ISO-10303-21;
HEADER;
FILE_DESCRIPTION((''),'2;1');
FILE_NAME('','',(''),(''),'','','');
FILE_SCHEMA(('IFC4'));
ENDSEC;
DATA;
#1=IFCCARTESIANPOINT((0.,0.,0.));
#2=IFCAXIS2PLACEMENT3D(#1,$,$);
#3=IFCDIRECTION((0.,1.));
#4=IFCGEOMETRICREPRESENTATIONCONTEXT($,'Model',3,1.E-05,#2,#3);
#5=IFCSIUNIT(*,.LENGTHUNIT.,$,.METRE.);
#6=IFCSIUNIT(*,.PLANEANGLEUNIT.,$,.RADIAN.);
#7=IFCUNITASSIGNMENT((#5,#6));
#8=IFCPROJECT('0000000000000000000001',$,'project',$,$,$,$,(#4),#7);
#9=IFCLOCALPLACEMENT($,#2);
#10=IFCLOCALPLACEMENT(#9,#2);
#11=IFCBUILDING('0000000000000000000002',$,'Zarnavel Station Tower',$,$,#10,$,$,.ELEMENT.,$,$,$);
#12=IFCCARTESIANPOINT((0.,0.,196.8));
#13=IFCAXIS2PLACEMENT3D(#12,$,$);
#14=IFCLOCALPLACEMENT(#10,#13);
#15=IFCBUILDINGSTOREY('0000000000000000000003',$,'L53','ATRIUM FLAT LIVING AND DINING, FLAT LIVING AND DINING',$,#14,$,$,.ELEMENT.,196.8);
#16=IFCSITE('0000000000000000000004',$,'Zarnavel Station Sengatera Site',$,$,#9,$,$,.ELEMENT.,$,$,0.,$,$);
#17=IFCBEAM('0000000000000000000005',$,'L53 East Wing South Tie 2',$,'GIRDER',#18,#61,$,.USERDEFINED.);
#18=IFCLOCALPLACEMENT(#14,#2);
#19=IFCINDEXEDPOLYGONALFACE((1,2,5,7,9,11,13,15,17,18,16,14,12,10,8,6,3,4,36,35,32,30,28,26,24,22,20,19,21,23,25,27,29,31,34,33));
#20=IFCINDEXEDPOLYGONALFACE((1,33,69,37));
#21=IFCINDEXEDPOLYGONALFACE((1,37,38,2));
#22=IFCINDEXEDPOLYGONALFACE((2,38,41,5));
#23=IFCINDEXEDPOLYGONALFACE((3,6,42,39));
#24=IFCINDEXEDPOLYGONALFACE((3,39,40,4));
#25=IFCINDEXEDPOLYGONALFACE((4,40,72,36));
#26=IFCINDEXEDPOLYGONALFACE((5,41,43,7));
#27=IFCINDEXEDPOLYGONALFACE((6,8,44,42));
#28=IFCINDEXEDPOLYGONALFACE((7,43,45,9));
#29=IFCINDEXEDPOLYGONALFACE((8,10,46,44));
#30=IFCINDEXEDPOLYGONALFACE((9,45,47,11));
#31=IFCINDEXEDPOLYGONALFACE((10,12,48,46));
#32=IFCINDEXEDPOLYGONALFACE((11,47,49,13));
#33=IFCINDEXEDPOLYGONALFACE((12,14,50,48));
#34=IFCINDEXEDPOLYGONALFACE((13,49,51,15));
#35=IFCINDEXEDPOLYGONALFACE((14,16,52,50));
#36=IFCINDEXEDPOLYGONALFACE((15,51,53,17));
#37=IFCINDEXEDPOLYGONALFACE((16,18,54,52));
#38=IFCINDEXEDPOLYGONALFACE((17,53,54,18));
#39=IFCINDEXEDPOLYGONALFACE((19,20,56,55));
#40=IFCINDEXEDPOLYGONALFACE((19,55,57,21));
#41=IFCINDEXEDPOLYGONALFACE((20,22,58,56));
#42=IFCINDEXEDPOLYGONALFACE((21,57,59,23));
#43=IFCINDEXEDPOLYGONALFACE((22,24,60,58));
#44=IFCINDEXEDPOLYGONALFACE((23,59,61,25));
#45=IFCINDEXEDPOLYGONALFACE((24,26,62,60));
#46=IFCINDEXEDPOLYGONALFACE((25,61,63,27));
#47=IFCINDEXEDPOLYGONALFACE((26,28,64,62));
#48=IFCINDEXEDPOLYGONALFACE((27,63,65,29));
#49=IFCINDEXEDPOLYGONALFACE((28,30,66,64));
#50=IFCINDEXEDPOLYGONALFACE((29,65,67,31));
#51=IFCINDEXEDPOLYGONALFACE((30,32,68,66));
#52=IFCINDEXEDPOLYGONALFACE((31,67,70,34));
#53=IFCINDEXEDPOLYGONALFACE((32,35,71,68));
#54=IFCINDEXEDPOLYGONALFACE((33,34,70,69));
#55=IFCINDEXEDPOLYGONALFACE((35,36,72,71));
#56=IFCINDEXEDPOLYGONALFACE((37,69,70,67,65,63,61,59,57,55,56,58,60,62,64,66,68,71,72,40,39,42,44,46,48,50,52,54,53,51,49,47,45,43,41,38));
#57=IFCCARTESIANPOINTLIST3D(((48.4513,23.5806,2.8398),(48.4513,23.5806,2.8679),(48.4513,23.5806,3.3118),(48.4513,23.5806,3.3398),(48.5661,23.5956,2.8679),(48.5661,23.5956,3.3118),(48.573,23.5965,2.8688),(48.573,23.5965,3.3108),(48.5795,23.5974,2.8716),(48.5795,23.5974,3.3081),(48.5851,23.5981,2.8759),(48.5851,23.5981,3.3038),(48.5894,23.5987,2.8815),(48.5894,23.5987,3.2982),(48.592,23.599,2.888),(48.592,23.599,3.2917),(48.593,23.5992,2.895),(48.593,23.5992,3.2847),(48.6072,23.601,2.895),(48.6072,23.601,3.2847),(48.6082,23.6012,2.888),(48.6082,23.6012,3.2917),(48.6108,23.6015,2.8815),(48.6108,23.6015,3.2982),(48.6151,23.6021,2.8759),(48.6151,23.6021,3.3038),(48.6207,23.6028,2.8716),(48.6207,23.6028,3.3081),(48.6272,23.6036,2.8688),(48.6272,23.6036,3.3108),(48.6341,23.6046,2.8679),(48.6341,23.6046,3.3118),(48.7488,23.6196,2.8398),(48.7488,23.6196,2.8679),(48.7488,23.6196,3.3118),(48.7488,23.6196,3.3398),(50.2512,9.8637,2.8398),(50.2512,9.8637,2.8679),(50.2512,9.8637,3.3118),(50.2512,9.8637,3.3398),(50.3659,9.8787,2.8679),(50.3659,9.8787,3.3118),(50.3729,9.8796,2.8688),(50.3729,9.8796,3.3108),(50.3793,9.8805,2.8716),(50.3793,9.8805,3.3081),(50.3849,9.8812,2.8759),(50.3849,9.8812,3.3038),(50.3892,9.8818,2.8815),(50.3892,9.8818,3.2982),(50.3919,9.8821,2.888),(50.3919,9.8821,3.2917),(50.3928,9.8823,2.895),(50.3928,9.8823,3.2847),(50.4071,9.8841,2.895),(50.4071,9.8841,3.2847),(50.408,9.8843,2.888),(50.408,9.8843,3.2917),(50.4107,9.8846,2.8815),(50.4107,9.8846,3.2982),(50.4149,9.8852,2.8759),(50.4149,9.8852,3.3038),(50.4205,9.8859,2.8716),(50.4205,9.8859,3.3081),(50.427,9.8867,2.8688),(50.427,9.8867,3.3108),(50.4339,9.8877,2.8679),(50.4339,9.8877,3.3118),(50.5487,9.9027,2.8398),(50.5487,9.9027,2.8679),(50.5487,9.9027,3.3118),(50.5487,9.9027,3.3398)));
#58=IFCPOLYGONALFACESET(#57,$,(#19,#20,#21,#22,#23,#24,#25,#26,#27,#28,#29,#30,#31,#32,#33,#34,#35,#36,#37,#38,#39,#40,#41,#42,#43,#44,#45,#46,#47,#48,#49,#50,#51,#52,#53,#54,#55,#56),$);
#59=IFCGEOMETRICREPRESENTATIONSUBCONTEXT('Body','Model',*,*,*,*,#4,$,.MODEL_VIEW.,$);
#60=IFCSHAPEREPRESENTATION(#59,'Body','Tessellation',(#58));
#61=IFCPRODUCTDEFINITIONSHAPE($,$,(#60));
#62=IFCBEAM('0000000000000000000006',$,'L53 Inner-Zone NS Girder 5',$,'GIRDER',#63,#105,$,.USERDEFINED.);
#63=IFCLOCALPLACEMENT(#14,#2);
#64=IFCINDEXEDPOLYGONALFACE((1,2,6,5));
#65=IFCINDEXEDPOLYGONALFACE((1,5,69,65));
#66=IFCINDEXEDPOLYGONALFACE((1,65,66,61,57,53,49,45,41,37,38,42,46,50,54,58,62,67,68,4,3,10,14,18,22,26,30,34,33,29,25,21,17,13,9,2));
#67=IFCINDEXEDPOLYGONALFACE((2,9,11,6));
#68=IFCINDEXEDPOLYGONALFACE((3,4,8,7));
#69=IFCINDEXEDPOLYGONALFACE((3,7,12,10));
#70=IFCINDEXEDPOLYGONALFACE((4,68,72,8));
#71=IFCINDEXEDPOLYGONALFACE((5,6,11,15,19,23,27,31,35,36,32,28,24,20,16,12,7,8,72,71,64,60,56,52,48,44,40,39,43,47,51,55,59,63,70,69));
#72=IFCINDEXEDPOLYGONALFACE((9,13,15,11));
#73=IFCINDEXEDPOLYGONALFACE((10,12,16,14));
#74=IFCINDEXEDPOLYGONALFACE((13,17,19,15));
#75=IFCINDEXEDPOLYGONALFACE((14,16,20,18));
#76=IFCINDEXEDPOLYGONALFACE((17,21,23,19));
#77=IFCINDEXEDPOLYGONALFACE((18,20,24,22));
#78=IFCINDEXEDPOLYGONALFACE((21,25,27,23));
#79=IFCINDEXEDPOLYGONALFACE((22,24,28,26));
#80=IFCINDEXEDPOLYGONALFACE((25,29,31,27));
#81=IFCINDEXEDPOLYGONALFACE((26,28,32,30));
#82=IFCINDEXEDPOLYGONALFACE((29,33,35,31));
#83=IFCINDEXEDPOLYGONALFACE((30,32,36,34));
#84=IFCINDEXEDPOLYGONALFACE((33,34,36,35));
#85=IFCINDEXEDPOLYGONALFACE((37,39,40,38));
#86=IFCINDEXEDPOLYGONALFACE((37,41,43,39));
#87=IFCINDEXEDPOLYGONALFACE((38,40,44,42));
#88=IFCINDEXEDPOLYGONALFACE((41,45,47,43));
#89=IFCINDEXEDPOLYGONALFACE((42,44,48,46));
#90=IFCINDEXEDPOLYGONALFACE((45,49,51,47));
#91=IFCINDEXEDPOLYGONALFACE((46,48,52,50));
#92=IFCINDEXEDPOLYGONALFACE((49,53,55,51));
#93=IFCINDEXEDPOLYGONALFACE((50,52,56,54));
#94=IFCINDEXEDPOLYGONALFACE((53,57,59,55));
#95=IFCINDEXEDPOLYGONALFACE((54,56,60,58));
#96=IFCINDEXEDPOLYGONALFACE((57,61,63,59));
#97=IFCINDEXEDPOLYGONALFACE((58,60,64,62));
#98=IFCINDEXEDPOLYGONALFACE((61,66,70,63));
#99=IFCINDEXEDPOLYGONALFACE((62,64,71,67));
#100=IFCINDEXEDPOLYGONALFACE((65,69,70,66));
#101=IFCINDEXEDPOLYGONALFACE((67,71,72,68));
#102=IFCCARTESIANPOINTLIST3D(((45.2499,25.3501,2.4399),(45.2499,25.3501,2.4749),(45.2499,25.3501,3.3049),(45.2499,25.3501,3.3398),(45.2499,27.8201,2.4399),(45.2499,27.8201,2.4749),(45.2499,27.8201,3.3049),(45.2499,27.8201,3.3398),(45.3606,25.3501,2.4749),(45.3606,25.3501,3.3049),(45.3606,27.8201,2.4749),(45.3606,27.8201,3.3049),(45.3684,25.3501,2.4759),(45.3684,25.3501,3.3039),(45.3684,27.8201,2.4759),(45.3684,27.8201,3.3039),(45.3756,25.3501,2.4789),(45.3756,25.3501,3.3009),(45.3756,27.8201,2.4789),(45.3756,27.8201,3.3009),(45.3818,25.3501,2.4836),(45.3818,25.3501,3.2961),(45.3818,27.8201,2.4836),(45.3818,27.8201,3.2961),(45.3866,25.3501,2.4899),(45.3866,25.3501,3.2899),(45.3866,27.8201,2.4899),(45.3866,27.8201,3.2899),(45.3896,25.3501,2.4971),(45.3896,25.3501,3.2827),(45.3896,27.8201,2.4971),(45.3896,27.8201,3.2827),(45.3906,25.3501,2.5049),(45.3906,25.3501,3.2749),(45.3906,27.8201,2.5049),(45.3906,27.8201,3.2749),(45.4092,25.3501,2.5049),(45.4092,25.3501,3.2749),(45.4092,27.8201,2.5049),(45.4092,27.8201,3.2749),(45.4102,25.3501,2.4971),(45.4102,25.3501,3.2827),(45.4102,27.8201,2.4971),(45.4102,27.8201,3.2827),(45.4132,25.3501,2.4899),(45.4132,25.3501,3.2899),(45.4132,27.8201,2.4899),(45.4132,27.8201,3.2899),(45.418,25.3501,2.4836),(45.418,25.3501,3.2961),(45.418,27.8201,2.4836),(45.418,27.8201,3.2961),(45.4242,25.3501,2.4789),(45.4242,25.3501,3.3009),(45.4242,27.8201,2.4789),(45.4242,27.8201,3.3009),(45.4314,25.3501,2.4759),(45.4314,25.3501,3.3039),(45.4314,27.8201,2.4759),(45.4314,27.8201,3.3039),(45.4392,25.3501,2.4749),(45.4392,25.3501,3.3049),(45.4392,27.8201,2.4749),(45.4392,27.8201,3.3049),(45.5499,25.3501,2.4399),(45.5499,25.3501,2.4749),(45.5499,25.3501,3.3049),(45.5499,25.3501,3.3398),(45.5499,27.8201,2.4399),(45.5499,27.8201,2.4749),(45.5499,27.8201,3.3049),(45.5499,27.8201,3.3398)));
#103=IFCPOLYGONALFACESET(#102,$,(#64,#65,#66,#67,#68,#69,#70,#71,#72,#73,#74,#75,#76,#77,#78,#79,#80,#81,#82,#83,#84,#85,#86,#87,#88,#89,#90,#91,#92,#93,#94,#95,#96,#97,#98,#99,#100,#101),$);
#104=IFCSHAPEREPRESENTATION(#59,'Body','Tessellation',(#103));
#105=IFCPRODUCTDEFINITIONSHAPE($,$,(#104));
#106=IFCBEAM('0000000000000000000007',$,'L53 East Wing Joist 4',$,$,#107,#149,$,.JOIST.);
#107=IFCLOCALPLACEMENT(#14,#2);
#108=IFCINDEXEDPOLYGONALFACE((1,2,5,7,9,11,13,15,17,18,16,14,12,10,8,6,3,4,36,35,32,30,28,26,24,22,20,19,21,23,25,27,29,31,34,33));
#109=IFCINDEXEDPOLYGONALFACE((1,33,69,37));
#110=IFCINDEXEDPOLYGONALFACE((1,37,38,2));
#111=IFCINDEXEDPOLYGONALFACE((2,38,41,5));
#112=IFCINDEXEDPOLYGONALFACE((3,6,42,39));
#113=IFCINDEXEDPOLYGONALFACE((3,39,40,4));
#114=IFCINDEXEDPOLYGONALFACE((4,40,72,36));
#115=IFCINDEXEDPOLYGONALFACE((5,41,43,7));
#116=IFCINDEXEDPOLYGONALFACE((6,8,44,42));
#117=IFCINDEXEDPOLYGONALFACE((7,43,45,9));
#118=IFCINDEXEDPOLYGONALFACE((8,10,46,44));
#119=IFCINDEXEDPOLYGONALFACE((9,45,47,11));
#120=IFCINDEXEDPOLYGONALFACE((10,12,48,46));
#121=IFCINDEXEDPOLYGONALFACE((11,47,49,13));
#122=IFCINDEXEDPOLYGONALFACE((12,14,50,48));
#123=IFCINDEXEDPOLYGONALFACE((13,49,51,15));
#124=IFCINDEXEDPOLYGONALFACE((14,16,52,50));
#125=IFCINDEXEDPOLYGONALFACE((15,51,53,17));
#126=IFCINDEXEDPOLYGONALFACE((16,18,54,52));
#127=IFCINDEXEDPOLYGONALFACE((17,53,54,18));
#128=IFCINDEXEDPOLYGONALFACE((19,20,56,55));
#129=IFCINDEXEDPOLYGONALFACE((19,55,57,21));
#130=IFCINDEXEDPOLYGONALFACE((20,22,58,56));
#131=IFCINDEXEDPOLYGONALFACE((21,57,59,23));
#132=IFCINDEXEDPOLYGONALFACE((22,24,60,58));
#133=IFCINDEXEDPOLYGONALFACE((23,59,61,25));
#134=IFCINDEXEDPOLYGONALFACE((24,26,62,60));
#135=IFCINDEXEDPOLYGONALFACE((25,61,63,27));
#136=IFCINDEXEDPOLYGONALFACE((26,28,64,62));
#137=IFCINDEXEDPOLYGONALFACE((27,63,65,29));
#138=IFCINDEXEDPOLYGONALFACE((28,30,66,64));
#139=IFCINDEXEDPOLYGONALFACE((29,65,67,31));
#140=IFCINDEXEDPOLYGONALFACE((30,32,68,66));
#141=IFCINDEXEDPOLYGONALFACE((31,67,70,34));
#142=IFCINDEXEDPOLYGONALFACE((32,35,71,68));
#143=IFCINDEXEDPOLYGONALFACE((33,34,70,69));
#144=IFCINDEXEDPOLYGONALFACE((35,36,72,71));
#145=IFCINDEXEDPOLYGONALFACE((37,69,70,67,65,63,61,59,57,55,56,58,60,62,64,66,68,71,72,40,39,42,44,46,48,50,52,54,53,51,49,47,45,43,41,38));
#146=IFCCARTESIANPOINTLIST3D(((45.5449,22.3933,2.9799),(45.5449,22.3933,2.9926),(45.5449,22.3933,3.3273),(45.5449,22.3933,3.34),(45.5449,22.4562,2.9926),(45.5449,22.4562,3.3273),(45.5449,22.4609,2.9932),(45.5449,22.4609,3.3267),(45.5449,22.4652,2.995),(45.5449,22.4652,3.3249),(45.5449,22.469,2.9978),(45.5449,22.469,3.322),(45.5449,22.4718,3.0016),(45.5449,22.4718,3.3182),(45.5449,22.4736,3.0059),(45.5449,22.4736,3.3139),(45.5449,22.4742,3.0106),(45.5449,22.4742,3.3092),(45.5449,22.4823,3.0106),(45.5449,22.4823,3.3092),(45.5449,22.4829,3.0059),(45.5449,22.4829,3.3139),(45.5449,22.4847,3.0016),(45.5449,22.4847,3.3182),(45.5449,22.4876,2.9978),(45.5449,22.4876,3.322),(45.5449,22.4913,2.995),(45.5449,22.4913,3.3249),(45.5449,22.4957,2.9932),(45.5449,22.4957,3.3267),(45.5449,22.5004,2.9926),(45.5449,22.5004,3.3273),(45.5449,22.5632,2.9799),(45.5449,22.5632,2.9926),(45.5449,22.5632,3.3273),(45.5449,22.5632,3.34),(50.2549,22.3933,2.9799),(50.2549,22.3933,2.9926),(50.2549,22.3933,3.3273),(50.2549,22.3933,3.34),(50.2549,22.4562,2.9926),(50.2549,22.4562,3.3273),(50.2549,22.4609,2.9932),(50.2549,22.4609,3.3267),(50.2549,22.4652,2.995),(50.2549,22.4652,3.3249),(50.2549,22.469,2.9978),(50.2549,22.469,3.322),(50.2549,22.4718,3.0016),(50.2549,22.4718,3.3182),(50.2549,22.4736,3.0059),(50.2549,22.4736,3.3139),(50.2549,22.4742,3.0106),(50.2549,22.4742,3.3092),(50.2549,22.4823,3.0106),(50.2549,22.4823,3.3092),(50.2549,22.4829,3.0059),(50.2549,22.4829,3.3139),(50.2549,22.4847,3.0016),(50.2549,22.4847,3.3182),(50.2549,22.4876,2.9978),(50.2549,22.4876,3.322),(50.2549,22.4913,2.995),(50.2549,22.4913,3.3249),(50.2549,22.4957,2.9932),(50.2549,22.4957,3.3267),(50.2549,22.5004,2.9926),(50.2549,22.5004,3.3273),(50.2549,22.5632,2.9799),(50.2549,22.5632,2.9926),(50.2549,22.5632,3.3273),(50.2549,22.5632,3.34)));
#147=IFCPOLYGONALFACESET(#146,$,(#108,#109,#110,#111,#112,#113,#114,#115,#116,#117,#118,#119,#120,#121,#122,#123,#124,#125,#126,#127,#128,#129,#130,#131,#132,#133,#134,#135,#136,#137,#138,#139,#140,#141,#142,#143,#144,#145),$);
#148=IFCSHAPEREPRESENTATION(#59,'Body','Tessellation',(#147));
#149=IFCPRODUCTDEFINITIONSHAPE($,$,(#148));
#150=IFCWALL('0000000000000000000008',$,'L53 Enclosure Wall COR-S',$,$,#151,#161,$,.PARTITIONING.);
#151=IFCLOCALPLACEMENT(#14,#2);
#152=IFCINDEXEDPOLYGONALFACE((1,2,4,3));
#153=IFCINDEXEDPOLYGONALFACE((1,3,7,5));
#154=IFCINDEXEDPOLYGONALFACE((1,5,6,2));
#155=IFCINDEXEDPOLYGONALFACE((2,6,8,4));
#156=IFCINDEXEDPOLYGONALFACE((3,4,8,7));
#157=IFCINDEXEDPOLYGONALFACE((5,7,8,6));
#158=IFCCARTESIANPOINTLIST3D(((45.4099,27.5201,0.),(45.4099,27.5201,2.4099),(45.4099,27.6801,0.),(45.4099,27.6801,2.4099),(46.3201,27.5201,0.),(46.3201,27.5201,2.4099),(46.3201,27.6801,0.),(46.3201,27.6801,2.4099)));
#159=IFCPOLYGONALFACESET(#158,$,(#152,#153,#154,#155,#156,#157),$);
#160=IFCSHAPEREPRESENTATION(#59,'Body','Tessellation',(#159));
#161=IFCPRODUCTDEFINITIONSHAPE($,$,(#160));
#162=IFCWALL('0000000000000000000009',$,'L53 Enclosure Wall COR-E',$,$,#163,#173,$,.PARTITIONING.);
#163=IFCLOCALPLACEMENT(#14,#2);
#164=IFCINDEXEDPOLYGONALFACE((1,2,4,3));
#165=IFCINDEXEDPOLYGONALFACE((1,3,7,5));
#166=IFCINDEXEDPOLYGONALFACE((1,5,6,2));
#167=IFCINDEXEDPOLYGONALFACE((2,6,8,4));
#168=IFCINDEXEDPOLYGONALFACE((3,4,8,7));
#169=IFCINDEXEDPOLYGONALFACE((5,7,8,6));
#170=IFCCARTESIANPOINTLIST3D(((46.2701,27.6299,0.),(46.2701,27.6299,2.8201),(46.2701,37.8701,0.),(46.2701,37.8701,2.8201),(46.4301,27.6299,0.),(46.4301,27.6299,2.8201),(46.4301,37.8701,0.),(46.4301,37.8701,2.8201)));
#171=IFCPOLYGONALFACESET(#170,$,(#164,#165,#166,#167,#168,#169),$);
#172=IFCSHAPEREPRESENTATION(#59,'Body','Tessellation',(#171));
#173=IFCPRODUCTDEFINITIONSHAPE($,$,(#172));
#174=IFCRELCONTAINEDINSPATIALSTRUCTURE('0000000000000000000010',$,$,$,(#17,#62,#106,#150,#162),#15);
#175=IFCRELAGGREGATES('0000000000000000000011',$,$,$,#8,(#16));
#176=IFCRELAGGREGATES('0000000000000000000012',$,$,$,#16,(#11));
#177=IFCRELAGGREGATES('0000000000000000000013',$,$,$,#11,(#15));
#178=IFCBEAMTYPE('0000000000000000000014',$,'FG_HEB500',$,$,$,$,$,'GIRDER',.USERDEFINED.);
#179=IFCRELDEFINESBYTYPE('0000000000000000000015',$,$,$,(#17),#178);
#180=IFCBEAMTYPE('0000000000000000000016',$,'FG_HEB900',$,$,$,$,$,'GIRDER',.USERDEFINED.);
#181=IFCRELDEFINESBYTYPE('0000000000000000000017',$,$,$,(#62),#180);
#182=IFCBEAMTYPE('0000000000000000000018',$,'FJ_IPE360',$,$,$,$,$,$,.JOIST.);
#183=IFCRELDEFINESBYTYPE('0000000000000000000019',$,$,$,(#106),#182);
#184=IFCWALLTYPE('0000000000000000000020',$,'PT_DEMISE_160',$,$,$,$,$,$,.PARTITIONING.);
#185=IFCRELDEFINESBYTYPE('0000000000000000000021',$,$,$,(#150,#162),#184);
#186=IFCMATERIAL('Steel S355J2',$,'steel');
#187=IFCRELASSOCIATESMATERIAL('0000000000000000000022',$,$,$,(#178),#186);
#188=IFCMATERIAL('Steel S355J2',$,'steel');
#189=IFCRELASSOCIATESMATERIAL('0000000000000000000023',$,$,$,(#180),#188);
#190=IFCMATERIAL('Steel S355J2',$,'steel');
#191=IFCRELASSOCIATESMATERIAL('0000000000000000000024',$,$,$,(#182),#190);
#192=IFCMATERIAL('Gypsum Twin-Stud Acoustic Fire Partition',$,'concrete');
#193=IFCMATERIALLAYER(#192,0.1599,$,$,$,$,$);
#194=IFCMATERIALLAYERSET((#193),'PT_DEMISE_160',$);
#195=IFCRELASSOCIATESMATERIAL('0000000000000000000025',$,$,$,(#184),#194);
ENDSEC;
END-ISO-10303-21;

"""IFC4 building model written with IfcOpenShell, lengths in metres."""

from ifc_helpers import new_model, si_unit, direction, frame, frame_2d, origin, origin_2d, place, context, subcontext, project, spatial, rectangle, i_section, extrude, material, layer, layer_set, material_profile, profile_set, type_object, element, save


model = new_model("IFC4")

# Units and contexts
model_context = context("Model", 3, precision=1e-05, world=origin(), true_north=direction((0.0, 1.0)))
body_context = subcontext(model_context, "Body", "Model", "MODEL_VIEW")
ifc_project = project(units=[si_unit("LENGTHUNIT", "METRE"), si_unit("PLANEANGLEUNIT", "RADIAN")], contexts=[model_context])

# Site, building, storey
site_placement = place(None, origin())
site = spatial("IfcSite", under=ifc_project, at=site_placement, Name="Zarnavel Station Sengatera Site", CompositionType="ELEMENT", RefElevation=0.0)
building_placement = place(site_placement, origin())
building = spatial("IfcBuilding", under=site, at=building_placement, Name="Zarnavel Station Tower", CompositionType="ELEMENT")
storey_placement = place(building_placement, frame((0.0, 0.0, 196.8)))
storey = spatial("IfcBuildingStorey", under=building, at=storey_placement, Name="L53", Description="ATRIUM FLAT LIVING AND DINING, FLAT LIVING AND DINING", CompositionType="ELEMENT", Elevation=196.8)

# Beams
ifc_material_1 = material(Name="Steel S355J2", Category="steel")
ifc_material_profile_1 = material_profile(ifc_material_1, i_section(OverallWidth=0.3, OverallDepth=0.5, WebThickness=0.0144, FlangeThickness=0.0281, FilletRadius=0.0271, at=origin_2d()), Name="HEB500")
ifc_profile_set_1 = profile_set([ifc_material_profile_1], Name="Steel S355J2")
beam_type_1 = type_object("IfcBeamType", Name="FG_HEB500", ElementType="GIRDER", PredefinedType="USERDEFINED", material=ifc_profile_set_1)
beam_1_placement = place(storey_placement, frame((48.6001, 23.6001, 3.0898), z_axis=(0.130097, -0.991501, 0.0), x_axis=(0.991501, 0.130097, 0.0)))
element("IfcBeam", 1, at=beam_1_placement, inside=storey, type_object=beam_type_1, Name="L53 East Wing South Tie 2", ObjectType="GIRDER", PredefinedType="USERDEFINED", context=body_context, shape_type="SweptSolid", body=[
    extrude(i_section(OverallWidth=0.3, OverallDepth=0.5, WebThickness=0.0144, FlangeThickness=0.0281, FilletRadius=0.0271, at=origin_2d()), origin(), (0.0, 0.0, 1.0), 13.8345),
])
ifc_material_2 = material(Name="Steel S355J2", Category="steel")
ifc_material_profile_2 = material_profile(ifc_material_2, i_section(OverallWidth=0.3, OverallDepth=0.8999, WebThickness=0.0186, FlangeThickness=0.0349, FilletRadius=0.03, at=origin_2d()), Name="HEB900")
ifc_profile_set_2 = profile_set([ifc_material_profile_2], Name="Steel S355J2")
beam_type_2 = type_object("IfcBeamType", Name="FG_HEB900", ElementType="GIRDER", PredefinedType="USERDEFINED", material=ifc_profile_set_2)
beam_2_placement = place(storey_placement, frame((45.3999, 25.3501, 2.8899), z_axis=(0.0, 1.0, 0.0), x_axis=(-1.0, 0.0, 0.0)))
element("IfcBeam", 2, at=beam_2_placement, inside=storey, type_object=beam_type_2, Name="L53 Inner-Zone NS Girder 5", ObjectType="GIRDER", PredefinedType="USERDEFINED", context=body_context, shape_type="SweptSolid", body=[
    extrude(i_section(OverallWidth=0.3, OverallDepth=0.8999, WebThickness=0.0186, FlangeThickness=0.0349, FilletRadius=0.03, at=origin_2d()), origin(), (0.0, 0.0, 1.0), 2.47),
])
ifc_material_3 = material(Name="Steel S355J2", Category="steel")
ifc_material_profile_3 = material_profile(ifc_material_3, i_section(OverallWidth=0.1699, OverallDepth=0.3601, WebThickness=0.0081, FlangeThickness=0.0127, FilletRadius=0.0181, at=origin_2d()), Name="IPE360")
ifc_profile_set_3 = profile_set([ifc_material_profile_3], Name="Steel S355J2")
beam_type_3 = type_object("IfcBeamType", Name="FJ_IPE360", PredefinedType="JOIST", material=ifc_profile_set_3)
beam_3_placement = place(storey_placement, frame((45.5449, 22.4783, 3.1599), z_axis=(1.0, 0.0, 0.0), x_axis=(0.0, 1.0, 0.0)))
element("IfcBeam", 3, at=beam_3_placement, inside=storey, type_object=beam_type_3, Name="L53 East Wing Joist 4", PredefinedType="JOIST", context=body_context, shape_type="SweptSolid", body=[
    extrude(i_section(OverallWidth=0.1699, OverallDepth=0.3601, WebThickness=0.0081, FlangeThickness=0.0127, FilletRadius=0.0181, at=origin_2d()), origin(), (0.0, 0.0, 1.0), 4.71),
])

# Shared definitions
ifc_material_4 = material(Name="Gypsum Twin-Stud Acoustic Fire Partition", Category="concrete")
ifc_layer_1 = layer(ifc_material_4, 0.1599)
ifc_layer_set_1 = layer_set([ifc_layer_1], Name="PT_DEMISE_160")
wall_type_1 = type_object("IfcWallType", Name="PT_DEMISE_160", PredefinedType="PARTITIONING", material=ifc_layer_set_1)

# Walls
wall_1_placement = place(storey_placement, frame((45.4099, 27.6001, 0.0), z_axis=(0.0, 0.0, 1.0), x_axis=(1.0, 0.0, 0.0)))
element("IfcWall", 4, at=wall_1_placement, inside=storey, type_object=wall_type_1, Name="L53 Enclosure Wall COR-S", PredefinedType="PARTITIONING", context=body_context, shape_type="SweptSolid", body=[
    extrude(rectangle(XDim=0.9102, YDim=0.1599, at=frame_2d((0.4551, 0.0))), origin(), (0.0, 0.0, 1.0), 2.4099),
])
wall_2_placement = place(storey_placement, frame((46.3501, 27.6299, 0.0), z_axis=(0.0, 0.0, 1.0), x_axis=(0.0, 1.0, 0.0)))
element("IfcWall", 5, at=wall_2_placement, inside=storey, type_object=wall_type_1, Name="L53 Enclosure Wall COR-E", PredefinedType="PARTITIONING", context=body_context, shape_type="SweptSolid", body=[
    extrude(rectangle(XDim=10.2402, YDim=0.1599, at=frame_2d((5.1201, 0.0))), origin(), (0.0, 0.0, 1.0), 2.8201),
])

save(model, "model.ifc")
